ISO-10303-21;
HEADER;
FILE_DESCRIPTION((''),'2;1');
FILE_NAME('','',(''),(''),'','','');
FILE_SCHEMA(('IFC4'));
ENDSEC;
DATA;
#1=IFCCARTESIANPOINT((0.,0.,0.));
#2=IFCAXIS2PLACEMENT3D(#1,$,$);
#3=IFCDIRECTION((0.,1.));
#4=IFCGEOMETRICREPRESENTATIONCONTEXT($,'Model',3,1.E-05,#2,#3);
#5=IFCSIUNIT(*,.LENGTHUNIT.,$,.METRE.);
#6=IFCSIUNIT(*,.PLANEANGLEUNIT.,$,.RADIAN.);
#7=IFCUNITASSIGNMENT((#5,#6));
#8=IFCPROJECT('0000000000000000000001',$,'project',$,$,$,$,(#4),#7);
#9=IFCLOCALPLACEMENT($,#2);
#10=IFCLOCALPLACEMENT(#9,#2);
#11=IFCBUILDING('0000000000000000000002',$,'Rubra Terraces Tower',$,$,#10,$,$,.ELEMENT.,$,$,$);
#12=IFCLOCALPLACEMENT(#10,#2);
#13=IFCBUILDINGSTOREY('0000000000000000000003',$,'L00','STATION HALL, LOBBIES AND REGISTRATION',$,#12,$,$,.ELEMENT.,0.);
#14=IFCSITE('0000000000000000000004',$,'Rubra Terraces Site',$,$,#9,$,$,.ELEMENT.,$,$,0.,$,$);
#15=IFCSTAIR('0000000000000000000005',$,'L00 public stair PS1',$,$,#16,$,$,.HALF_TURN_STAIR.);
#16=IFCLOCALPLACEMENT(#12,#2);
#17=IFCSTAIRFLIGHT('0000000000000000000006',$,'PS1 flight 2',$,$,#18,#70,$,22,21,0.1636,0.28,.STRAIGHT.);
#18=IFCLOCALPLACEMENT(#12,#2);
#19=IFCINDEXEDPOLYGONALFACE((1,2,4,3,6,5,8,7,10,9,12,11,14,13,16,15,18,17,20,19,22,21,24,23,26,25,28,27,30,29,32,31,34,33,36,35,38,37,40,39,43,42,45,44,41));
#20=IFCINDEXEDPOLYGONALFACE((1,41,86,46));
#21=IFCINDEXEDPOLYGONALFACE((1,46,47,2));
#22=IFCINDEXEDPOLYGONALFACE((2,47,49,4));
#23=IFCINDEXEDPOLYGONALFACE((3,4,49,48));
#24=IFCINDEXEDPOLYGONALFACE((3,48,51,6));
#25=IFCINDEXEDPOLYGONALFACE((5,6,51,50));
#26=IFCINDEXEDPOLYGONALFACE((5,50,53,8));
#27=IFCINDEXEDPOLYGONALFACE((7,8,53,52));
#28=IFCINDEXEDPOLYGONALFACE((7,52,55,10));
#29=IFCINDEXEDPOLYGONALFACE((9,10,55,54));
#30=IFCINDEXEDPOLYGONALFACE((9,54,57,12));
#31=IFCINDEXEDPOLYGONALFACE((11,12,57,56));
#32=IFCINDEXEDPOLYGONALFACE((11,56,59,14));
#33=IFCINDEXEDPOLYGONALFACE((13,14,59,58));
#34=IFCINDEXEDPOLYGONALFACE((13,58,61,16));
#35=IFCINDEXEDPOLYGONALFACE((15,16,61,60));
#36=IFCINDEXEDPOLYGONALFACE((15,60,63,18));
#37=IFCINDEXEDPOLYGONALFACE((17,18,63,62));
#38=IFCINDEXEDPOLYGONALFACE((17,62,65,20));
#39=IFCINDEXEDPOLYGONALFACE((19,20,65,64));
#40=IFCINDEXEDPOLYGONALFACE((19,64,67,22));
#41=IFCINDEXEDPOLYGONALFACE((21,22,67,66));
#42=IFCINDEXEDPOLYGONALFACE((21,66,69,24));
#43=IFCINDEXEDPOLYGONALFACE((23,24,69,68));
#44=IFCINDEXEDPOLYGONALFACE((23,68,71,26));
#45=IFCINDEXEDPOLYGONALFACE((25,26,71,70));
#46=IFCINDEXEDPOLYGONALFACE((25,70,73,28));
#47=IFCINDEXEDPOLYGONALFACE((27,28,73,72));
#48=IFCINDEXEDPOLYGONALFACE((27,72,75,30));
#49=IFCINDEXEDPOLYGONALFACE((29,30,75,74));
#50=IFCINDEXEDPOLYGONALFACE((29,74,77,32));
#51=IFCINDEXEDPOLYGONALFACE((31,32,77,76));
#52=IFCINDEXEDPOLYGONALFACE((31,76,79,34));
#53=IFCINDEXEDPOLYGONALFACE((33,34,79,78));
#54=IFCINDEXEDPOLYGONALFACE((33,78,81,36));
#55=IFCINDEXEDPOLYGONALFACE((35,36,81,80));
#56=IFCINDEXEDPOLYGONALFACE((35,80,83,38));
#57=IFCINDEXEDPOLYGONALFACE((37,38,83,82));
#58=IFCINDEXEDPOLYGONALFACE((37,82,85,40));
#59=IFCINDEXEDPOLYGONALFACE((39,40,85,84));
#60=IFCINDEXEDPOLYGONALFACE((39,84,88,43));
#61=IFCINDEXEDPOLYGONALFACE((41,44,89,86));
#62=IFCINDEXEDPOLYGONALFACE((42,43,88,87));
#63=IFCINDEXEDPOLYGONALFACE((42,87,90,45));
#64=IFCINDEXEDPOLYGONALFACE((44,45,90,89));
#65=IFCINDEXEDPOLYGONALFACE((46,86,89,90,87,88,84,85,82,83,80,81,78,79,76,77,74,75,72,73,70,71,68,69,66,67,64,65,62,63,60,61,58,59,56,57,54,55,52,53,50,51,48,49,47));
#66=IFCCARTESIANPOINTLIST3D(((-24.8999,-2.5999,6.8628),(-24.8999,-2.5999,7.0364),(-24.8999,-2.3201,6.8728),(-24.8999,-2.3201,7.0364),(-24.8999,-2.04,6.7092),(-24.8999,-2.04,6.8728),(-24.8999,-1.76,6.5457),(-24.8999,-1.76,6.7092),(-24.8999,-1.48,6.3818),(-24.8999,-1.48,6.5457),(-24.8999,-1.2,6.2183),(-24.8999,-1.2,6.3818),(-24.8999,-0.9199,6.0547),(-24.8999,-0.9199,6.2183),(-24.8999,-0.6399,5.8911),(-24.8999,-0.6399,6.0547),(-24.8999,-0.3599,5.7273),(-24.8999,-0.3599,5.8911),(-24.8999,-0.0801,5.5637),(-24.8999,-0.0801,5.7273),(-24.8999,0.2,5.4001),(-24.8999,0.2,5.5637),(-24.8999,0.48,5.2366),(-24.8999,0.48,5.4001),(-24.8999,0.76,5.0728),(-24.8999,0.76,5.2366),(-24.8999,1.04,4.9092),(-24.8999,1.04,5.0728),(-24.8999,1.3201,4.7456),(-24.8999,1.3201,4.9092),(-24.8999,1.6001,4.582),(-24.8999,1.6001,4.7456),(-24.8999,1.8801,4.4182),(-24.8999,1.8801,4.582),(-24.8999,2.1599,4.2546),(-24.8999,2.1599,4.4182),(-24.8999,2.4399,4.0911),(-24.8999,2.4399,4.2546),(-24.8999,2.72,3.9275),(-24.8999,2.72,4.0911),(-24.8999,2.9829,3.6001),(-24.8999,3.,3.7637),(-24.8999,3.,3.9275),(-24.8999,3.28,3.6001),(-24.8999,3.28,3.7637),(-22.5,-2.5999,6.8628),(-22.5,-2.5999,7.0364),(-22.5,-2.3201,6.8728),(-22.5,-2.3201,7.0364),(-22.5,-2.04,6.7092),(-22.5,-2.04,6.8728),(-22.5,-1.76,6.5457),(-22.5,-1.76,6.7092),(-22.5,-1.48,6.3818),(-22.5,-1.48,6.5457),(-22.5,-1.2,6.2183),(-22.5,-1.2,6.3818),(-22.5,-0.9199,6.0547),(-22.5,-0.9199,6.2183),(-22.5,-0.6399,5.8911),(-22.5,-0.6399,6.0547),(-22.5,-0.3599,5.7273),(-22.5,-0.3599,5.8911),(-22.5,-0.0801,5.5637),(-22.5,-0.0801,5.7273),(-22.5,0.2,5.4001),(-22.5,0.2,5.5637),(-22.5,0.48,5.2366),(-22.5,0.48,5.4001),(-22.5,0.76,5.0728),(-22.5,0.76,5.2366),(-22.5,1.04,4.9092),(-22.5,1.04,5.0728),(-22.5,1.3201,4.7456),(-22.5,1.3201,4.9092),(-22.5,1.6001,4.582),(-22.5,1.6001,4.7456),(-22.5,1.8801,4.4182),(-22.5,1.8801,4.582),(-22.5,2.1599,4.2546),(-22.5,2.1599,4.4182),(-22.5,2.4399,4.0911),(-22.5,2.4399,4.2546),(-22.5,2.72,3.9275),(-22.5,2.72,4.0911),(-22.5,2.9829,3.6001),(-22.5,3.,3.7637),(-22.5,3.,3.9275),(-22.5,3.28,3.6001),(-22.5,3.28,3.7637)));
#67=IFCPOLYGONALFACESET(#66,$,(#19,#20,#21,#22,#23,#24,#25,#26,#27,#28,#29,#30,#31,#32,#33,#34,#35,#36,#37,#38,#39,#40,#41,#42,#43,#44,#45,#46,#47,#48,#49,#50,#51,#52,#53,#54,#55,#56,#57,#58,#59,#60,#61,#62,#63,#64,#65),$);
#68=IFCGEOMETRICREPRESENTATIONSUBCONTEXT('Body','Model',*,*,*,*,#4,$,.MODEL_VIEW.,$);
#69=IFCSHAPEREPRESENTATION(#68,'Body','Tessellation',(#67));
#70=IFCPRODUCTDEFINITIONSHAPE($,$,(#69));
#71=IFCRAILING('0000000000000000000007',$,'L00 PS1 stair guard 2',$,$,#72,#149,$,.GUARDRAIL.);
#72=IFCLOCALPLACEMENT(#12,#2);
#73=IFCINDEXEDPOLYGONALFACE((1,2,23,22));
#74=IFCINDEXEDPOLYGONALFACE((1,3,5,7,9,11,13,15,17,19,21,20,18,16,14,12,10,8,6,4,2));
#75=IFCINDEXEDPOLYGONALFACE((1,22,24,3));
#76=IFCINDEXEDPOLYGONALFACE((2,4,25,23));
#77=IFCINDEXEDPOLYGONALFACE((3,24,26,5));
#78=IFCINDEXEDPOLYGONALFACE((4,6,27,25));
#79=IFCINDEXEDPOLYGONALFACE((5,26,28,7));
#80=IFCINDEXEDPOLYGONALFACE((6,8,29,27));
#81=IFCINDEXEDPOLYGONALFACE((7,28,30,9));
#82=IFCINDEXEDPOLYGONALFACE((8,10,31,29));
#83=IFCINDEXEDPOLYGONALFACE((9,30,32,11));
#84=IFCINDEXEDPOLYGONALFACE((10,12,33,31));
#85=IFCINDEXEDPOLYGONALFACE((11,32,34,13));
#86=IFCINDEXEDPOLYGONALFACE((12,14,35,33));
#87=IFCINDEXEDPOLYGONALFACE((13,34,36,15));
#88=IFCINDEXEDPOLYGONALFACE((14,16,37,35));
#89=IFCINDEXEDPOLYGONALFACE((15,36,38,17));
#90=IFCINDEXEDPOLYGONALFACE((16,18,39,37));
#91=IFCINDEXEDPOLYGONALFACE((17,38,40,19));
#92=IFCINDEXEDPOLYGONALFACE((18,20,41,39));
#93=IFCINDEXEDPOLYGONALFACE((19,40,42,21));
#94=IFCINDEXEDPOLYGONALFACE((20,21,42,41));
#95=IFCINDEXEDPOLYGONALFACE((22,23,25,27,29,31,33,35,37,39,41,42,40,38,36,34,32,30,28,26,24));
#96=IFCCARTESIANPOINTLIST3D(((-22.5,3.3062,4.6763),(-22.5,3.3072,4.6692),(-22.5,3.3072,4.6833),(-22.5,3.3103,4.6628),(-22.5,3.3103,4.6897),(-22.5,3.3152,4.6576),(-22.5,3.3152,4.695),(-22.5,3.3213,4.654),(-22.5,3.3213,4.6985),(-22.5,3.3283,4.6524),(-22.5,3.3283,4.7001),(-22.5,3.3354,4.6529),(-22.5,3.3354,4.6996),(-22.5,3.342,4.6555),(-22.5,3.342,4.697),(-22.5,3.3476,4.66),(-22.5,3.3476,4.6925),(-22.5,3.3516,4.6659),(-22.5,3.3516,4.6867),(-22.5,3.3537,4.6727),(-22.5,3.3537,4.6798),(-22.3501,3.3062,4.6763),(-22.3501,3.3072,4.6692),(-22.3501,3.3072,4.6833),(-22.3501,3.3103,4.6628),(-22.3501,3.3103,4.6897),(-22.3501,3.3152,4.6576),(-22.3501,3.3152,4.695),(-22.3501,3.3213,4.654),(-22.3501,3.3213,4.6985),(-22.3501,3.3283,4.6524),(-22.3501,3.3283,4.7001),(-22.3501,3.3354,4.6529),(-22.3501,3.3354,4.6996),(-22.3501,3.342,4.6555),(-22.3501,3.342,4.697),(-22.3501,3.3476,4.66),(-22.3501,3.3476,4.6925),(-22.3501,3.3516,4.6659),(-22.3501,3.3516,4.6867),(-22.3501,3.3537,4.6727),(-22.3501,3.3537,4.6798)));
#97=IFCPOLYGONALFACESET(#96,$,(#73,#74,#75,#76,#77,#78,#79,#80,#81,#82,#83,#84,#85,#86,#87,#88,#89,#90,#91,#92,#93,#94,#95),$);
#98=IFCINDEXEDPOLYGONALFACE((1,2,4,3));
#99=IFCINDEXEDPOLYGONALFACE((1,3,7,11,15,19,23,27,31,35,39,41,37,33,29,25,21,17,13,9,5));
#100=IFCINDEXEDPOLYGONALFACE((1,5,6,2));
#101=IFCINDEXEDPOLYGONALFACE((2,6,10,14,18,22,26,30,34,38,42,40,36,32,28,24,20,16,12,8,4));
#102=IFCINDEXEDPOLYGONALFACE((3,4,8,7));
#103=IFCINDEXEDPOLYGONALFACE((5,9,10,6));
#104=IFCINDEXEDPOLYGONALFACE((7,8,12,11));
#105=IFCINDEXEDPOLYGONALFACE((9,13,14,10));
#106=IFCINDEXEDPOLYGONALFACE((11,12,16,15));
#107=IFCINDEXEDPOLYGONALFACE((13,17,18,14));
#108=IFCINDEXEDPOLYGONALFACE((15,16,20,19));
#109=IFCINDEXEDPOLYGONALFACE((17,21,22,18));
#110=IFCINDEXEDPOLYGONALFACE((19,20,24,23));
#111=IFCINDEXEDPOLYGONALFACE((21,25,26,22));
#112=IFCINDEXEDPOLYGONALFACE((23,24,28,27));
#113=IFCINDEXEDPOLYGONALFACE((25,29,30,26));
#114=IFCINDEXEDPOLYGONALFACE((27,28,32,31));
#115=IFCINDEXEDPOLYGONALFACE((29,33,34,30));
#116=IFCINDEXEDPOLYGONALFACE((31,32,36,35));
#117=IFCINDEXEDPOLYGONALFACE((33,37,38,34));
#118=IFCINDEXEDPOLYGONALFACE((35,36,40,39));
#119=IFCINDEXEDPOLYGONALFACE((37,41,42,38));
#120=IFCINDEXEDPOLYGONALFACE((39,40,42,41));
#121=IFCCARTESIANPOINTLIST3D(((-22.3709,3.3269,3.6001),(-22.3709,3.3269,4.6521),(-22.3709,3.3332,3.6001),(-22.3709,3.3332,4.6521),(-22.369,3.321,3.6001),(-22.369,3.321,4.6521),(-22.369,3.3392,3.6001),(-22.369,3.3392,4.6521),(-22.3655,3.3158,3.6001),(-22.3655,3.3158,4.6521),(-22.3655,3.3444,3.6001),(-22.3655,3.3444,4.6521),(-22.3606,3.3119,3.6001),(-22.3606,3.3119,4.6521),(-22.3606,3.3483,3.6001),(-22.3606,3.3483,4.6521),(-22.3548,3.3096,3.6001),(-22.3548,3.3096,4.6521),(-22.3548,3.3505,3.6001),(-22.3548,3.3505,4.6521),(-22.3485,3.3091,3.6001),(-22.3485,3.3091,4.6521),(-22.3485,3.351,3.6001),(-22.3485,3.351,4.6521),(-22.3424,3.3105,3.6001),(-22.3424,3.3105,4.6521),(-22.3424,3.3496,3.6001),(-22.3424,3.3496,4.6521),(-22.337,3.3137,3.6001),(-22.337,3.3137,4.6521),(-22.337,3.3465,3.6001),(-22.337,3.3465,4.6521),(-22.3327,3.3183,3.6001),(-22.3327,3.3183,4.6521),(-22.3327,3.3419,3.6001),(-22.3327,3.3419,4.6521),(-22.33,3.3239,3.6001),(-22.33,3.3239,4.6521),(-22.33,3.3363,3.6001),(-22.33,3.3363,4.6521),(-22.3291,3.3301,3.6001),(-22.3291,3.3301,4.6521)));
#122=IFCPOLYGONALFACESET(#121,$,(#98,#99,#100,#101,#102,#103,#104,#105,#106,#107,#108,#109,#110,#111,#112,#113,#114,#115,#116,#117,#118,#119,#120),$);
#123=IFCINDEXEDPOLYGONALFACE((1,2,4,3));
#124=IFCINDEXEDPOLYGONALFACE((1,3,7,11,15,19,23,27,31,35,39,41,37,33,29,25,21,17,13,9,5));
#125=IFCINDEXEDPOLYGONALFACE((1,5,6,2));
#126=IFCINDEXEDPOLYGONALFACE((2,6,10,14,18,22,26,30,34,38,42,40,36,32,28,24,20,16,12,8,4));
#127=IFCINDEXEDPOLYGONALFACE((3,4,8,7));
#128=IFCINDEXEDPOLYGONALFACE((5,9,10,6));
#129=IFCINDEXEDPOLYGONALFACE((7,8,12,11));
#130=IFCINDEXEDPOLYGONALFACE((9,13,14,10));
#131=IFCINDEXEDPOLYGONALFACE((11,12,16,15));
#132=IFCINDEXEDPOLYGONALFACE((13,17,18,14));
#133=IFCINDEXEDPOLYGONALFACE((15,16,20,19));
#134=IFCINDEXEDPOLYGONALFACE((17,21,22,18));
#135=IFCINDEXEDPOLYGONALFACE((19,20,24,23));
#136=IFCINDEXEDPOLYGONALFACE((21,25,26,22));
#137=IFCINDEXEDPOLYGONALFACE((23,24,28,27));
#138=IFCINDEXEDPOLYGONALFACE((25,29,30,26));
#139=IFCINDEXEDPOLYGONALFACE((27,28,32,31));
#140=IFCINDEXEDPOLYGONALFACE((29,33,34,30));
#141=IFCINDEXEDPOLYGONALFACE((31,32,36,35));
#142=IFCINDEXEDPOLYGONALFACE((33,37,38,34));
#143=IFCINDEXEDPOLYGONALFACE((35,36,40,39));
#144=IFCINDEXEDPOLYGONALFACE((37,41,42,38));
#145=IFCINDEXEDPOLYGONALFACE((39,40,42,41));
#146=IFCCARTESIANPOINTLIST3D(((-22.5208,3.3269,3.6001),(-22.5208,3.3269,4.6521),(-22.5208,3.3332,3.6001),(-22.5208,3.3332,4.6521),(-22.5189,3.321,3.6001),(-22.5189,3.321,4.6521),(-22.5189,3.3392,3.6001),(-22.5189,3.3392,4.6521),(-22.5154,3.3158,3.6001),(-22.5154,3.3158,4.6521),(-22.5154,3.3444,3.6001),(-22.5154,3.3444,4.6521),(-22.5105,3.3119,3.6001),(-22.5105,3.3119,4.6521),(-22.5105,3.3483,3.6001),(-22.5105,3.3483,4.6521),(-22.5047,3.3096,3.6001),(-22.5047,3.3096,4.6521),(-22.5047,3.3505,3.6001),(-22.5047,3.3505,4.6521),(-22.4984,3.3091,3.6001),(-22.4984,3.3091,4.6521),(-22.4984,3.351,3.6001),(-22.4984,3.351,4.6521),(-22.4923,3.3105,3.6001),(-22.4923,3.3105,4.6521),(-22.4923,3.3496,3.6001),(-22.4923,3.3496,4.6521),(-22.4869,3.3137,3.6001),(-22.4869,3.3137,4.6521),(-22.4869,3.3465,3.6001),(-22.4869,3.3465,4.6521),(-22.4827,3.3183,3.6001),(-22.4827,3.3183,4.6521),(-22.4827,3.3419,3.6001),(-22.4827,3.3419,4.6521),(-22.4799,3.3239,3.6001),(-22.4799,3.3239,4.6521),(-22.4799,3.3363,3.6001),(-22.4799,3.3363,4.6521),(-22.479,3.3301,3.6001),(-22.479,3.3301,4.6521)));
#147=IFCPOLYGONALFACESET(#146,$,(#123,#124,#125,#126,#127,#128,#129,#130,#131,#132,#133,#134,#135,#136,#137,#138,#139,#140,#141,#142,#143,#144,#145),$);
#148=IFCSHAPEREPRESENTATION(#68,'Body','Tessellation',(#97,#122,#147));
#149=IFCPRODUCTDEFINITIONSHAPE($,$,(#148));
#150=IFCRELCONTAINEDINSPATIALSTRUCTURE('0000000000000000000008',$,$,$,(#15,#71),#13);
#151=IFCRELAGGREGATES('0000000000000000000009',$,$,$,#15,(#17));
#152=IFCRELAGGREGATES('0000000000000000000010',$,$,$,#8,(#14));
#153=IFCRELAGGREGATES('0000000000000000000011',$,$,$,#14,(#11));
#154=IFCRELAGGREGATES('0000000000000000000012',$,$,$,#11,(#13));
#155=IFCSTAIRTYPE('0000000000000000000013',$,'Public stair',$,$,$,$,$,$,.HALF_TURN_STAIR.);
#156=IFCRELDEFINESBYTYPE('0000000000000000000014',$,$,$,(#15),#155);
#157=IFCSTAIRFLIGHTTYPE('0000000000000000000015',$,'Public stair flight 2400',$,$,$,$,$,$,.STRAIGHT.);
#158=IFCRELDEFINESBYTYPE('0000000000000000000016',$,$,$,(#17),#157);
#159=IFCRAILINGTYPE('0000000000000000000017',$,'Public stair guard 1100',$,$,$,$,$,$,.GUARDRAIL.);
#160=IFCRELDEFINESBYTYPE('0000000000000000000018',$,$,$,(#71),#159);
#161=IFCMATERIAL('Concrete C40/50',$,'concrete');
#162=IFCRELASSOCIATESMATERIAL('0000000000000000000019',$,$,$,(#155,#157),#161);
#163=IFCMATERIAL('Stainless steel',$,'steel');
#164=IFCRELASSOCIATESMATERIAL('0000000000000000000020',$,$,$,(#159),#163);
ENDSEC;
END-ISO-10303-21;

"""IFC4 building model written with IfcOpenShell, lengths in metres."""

from ifc_helpers import new_model, si_unit, direction, frame, origin, origin_2d, place, context, subcontext, project, spatial, polyline, circle, outline, extrude, material, type_object, element, aggregate, save


model = new_model("IFC4")

# Units and contexts
model_context = context("Model", 3, precision=1e-05, world=origin(), true_north=direction((0.0, 1.0)))
body_context = subcontext(model_context, "Body", "Model", "MODEL_VIEW")
ifc_project = project(units=[si_unit("LENGTHUNIT", "METRE"), si_unit("PLANEANGLEUNIT", "RADIAN")], contexts=[model_context])

# Site, building, storey
site_placement = place(None, origin())
site = spatial("IfcSite", under=ifc_project, at=site_placement, Name="Rubra Terraces Site", CompositionType="ELEMENT", RefElevation=0.0)
building_placement = place(site_placement, origin())
building = spatial("IfcBuilding", under=site, at=building_placement, Name="Rubra Terraces Tower", CompositionType="ELEMENT")
storey_placement = place(building_placement, origin())
storey = spatial("IfcBuildingStorey", under=building, at=storey_placement, Name="L00", Description="STATION HALL, LOBBIES AND REGISTRATION", CompositionType="ELEMENT", Elevation=0.0)

# Shared definitions
ifc_material_1 = material(Name="Concrete C40/50", Category="concrete")

# Stair, stair flight
stair_type = type_object("IfcStairType", Name="Public stair", PredefinedType="HALF_TURN_STAIR", material=ifc_material_1)
stair_placement = place(storey_placement, origin())
stair = element("IfcStair", 1, at=stair_placement, inside=storey, type_object=stair_type, Name="L00 public stair PS1", PredefinedType="HALF_TURN_STAIR")
stair_flight_type = type_object("IfcStairFlightType", Name="Public stair flight 2400", PredefinedType="STRAIGHT", material=ifc_material_1)
stair_flight_placement = place(storey_placement, frame((-23.7, 3.28, 3.6001), z_axis=(0.0, 0.0, 1.0), x_axis=(0.0, -1.0, 0.0)))
stair_flight = element("IfcStairFlight", 2, at=stair_flight_placement, type_object=stair_flight_type, Name="PS1 flight 2", NumberOfRisers=22, NumberOfTreads=21, PredefinedType="STRAIGHT", RiserHeight=0.1636, TreadLength=0.28, context=body_context, shape_type="SweptSolid", body=[
    extrude(outline(polyline([(0.0, 0.0), (0.0, 0.1636), (0.28, 0.1636), (0.28, 0.3274), (0.5601, 0.3274), (0.5601, 0.491), (0.8401, 0.491), (0.8401, 0.6545), (1.1201, 0.6545), (1.1201, 0.8181), (1.3999, 0.8181), (1.3999, 0.9819), (1.6799, 0.9819), (1.6799, 1.1455), (1.96, 1.1455), (1.96, 1.3091), (2.24, 1.3091), (2.24, 1.4727), (2.52, 1.4727), (2.52, 1.6365), (2.8, 1.6365), (2.8, 1.8), (3.0801, 1.8), (3.0801, 1.9636), (3.3601, 1.9636), (3.3601, 2.1272), (3.6399, 2.1272), (3.6399, 2.291), (3.9199, 2.291), (3.9199, 2.4546), (4.2, 2.4546), (4.2, 2.6182), (4.48, 2.6182), (4.48, 2.7817), (4.76, 2.7817), (4.76, 2.9456), (5.04, 2.9456), (5.04, 3.1091), (5.3201, 3.1091), (5.3201, 3.2727), (5.6001, 3.2727), (5.6001, 3.4363), (5.8799, 3.4363), (5.8799, 3.6001), (5.8799, 3.2627), (0.2971, 0.0), (0.0, 0.0)])), frame((0.0, 1.2, 0.0), z_axis=(0.0, -1.0, 0.0), x_axis=(1.0, 0.0, 0.0)), (0.0, 0.0, 1.0), 2.3999),
])
aggregate(stair, [stair_flight])

# Railing
ifc_material_2 = material(Name="Stainless steel", Category="steel")
railing_type_1 = type_object("IfcRailingType", Name="Public stair guard 1100", PredefinedType="GUARDRAIL", material=ifc_material_2)
railing_1_placement = place(storey_placement, frame((-22.3501, 3.3301, 3.6001)))
element("IfcRailing", 3, at=railing_1_placement, inside=storey, type_object=railing_type_1, Name="L00 PS1 stair guard 2", PredefinedType="GUARDRAIL", context=body_context, shape_type="SweptSolid", body=[
    extrude(circle(Radius=0.0239, at=origin_2d()), frame((0.0, 0.0, 1.0762), z_axis=(-1.0, 0.0, 0.0), x_axis=(0.0, -1.0, 0.0)), (0.0, 0.0, 1.0), 0.1499),
    extrude(circle(Radius=0.021, at=origin_2d()), origin(), (0.0, 0.0, 1.0), 1.052),
    extrude(circle(Radius=0.021, at=origin_2d()), frame((-0.1499, 0.0, 0.0)), (0.0, 0.0, 1.0), 1.052),
])

save(model, "model.ifc")
